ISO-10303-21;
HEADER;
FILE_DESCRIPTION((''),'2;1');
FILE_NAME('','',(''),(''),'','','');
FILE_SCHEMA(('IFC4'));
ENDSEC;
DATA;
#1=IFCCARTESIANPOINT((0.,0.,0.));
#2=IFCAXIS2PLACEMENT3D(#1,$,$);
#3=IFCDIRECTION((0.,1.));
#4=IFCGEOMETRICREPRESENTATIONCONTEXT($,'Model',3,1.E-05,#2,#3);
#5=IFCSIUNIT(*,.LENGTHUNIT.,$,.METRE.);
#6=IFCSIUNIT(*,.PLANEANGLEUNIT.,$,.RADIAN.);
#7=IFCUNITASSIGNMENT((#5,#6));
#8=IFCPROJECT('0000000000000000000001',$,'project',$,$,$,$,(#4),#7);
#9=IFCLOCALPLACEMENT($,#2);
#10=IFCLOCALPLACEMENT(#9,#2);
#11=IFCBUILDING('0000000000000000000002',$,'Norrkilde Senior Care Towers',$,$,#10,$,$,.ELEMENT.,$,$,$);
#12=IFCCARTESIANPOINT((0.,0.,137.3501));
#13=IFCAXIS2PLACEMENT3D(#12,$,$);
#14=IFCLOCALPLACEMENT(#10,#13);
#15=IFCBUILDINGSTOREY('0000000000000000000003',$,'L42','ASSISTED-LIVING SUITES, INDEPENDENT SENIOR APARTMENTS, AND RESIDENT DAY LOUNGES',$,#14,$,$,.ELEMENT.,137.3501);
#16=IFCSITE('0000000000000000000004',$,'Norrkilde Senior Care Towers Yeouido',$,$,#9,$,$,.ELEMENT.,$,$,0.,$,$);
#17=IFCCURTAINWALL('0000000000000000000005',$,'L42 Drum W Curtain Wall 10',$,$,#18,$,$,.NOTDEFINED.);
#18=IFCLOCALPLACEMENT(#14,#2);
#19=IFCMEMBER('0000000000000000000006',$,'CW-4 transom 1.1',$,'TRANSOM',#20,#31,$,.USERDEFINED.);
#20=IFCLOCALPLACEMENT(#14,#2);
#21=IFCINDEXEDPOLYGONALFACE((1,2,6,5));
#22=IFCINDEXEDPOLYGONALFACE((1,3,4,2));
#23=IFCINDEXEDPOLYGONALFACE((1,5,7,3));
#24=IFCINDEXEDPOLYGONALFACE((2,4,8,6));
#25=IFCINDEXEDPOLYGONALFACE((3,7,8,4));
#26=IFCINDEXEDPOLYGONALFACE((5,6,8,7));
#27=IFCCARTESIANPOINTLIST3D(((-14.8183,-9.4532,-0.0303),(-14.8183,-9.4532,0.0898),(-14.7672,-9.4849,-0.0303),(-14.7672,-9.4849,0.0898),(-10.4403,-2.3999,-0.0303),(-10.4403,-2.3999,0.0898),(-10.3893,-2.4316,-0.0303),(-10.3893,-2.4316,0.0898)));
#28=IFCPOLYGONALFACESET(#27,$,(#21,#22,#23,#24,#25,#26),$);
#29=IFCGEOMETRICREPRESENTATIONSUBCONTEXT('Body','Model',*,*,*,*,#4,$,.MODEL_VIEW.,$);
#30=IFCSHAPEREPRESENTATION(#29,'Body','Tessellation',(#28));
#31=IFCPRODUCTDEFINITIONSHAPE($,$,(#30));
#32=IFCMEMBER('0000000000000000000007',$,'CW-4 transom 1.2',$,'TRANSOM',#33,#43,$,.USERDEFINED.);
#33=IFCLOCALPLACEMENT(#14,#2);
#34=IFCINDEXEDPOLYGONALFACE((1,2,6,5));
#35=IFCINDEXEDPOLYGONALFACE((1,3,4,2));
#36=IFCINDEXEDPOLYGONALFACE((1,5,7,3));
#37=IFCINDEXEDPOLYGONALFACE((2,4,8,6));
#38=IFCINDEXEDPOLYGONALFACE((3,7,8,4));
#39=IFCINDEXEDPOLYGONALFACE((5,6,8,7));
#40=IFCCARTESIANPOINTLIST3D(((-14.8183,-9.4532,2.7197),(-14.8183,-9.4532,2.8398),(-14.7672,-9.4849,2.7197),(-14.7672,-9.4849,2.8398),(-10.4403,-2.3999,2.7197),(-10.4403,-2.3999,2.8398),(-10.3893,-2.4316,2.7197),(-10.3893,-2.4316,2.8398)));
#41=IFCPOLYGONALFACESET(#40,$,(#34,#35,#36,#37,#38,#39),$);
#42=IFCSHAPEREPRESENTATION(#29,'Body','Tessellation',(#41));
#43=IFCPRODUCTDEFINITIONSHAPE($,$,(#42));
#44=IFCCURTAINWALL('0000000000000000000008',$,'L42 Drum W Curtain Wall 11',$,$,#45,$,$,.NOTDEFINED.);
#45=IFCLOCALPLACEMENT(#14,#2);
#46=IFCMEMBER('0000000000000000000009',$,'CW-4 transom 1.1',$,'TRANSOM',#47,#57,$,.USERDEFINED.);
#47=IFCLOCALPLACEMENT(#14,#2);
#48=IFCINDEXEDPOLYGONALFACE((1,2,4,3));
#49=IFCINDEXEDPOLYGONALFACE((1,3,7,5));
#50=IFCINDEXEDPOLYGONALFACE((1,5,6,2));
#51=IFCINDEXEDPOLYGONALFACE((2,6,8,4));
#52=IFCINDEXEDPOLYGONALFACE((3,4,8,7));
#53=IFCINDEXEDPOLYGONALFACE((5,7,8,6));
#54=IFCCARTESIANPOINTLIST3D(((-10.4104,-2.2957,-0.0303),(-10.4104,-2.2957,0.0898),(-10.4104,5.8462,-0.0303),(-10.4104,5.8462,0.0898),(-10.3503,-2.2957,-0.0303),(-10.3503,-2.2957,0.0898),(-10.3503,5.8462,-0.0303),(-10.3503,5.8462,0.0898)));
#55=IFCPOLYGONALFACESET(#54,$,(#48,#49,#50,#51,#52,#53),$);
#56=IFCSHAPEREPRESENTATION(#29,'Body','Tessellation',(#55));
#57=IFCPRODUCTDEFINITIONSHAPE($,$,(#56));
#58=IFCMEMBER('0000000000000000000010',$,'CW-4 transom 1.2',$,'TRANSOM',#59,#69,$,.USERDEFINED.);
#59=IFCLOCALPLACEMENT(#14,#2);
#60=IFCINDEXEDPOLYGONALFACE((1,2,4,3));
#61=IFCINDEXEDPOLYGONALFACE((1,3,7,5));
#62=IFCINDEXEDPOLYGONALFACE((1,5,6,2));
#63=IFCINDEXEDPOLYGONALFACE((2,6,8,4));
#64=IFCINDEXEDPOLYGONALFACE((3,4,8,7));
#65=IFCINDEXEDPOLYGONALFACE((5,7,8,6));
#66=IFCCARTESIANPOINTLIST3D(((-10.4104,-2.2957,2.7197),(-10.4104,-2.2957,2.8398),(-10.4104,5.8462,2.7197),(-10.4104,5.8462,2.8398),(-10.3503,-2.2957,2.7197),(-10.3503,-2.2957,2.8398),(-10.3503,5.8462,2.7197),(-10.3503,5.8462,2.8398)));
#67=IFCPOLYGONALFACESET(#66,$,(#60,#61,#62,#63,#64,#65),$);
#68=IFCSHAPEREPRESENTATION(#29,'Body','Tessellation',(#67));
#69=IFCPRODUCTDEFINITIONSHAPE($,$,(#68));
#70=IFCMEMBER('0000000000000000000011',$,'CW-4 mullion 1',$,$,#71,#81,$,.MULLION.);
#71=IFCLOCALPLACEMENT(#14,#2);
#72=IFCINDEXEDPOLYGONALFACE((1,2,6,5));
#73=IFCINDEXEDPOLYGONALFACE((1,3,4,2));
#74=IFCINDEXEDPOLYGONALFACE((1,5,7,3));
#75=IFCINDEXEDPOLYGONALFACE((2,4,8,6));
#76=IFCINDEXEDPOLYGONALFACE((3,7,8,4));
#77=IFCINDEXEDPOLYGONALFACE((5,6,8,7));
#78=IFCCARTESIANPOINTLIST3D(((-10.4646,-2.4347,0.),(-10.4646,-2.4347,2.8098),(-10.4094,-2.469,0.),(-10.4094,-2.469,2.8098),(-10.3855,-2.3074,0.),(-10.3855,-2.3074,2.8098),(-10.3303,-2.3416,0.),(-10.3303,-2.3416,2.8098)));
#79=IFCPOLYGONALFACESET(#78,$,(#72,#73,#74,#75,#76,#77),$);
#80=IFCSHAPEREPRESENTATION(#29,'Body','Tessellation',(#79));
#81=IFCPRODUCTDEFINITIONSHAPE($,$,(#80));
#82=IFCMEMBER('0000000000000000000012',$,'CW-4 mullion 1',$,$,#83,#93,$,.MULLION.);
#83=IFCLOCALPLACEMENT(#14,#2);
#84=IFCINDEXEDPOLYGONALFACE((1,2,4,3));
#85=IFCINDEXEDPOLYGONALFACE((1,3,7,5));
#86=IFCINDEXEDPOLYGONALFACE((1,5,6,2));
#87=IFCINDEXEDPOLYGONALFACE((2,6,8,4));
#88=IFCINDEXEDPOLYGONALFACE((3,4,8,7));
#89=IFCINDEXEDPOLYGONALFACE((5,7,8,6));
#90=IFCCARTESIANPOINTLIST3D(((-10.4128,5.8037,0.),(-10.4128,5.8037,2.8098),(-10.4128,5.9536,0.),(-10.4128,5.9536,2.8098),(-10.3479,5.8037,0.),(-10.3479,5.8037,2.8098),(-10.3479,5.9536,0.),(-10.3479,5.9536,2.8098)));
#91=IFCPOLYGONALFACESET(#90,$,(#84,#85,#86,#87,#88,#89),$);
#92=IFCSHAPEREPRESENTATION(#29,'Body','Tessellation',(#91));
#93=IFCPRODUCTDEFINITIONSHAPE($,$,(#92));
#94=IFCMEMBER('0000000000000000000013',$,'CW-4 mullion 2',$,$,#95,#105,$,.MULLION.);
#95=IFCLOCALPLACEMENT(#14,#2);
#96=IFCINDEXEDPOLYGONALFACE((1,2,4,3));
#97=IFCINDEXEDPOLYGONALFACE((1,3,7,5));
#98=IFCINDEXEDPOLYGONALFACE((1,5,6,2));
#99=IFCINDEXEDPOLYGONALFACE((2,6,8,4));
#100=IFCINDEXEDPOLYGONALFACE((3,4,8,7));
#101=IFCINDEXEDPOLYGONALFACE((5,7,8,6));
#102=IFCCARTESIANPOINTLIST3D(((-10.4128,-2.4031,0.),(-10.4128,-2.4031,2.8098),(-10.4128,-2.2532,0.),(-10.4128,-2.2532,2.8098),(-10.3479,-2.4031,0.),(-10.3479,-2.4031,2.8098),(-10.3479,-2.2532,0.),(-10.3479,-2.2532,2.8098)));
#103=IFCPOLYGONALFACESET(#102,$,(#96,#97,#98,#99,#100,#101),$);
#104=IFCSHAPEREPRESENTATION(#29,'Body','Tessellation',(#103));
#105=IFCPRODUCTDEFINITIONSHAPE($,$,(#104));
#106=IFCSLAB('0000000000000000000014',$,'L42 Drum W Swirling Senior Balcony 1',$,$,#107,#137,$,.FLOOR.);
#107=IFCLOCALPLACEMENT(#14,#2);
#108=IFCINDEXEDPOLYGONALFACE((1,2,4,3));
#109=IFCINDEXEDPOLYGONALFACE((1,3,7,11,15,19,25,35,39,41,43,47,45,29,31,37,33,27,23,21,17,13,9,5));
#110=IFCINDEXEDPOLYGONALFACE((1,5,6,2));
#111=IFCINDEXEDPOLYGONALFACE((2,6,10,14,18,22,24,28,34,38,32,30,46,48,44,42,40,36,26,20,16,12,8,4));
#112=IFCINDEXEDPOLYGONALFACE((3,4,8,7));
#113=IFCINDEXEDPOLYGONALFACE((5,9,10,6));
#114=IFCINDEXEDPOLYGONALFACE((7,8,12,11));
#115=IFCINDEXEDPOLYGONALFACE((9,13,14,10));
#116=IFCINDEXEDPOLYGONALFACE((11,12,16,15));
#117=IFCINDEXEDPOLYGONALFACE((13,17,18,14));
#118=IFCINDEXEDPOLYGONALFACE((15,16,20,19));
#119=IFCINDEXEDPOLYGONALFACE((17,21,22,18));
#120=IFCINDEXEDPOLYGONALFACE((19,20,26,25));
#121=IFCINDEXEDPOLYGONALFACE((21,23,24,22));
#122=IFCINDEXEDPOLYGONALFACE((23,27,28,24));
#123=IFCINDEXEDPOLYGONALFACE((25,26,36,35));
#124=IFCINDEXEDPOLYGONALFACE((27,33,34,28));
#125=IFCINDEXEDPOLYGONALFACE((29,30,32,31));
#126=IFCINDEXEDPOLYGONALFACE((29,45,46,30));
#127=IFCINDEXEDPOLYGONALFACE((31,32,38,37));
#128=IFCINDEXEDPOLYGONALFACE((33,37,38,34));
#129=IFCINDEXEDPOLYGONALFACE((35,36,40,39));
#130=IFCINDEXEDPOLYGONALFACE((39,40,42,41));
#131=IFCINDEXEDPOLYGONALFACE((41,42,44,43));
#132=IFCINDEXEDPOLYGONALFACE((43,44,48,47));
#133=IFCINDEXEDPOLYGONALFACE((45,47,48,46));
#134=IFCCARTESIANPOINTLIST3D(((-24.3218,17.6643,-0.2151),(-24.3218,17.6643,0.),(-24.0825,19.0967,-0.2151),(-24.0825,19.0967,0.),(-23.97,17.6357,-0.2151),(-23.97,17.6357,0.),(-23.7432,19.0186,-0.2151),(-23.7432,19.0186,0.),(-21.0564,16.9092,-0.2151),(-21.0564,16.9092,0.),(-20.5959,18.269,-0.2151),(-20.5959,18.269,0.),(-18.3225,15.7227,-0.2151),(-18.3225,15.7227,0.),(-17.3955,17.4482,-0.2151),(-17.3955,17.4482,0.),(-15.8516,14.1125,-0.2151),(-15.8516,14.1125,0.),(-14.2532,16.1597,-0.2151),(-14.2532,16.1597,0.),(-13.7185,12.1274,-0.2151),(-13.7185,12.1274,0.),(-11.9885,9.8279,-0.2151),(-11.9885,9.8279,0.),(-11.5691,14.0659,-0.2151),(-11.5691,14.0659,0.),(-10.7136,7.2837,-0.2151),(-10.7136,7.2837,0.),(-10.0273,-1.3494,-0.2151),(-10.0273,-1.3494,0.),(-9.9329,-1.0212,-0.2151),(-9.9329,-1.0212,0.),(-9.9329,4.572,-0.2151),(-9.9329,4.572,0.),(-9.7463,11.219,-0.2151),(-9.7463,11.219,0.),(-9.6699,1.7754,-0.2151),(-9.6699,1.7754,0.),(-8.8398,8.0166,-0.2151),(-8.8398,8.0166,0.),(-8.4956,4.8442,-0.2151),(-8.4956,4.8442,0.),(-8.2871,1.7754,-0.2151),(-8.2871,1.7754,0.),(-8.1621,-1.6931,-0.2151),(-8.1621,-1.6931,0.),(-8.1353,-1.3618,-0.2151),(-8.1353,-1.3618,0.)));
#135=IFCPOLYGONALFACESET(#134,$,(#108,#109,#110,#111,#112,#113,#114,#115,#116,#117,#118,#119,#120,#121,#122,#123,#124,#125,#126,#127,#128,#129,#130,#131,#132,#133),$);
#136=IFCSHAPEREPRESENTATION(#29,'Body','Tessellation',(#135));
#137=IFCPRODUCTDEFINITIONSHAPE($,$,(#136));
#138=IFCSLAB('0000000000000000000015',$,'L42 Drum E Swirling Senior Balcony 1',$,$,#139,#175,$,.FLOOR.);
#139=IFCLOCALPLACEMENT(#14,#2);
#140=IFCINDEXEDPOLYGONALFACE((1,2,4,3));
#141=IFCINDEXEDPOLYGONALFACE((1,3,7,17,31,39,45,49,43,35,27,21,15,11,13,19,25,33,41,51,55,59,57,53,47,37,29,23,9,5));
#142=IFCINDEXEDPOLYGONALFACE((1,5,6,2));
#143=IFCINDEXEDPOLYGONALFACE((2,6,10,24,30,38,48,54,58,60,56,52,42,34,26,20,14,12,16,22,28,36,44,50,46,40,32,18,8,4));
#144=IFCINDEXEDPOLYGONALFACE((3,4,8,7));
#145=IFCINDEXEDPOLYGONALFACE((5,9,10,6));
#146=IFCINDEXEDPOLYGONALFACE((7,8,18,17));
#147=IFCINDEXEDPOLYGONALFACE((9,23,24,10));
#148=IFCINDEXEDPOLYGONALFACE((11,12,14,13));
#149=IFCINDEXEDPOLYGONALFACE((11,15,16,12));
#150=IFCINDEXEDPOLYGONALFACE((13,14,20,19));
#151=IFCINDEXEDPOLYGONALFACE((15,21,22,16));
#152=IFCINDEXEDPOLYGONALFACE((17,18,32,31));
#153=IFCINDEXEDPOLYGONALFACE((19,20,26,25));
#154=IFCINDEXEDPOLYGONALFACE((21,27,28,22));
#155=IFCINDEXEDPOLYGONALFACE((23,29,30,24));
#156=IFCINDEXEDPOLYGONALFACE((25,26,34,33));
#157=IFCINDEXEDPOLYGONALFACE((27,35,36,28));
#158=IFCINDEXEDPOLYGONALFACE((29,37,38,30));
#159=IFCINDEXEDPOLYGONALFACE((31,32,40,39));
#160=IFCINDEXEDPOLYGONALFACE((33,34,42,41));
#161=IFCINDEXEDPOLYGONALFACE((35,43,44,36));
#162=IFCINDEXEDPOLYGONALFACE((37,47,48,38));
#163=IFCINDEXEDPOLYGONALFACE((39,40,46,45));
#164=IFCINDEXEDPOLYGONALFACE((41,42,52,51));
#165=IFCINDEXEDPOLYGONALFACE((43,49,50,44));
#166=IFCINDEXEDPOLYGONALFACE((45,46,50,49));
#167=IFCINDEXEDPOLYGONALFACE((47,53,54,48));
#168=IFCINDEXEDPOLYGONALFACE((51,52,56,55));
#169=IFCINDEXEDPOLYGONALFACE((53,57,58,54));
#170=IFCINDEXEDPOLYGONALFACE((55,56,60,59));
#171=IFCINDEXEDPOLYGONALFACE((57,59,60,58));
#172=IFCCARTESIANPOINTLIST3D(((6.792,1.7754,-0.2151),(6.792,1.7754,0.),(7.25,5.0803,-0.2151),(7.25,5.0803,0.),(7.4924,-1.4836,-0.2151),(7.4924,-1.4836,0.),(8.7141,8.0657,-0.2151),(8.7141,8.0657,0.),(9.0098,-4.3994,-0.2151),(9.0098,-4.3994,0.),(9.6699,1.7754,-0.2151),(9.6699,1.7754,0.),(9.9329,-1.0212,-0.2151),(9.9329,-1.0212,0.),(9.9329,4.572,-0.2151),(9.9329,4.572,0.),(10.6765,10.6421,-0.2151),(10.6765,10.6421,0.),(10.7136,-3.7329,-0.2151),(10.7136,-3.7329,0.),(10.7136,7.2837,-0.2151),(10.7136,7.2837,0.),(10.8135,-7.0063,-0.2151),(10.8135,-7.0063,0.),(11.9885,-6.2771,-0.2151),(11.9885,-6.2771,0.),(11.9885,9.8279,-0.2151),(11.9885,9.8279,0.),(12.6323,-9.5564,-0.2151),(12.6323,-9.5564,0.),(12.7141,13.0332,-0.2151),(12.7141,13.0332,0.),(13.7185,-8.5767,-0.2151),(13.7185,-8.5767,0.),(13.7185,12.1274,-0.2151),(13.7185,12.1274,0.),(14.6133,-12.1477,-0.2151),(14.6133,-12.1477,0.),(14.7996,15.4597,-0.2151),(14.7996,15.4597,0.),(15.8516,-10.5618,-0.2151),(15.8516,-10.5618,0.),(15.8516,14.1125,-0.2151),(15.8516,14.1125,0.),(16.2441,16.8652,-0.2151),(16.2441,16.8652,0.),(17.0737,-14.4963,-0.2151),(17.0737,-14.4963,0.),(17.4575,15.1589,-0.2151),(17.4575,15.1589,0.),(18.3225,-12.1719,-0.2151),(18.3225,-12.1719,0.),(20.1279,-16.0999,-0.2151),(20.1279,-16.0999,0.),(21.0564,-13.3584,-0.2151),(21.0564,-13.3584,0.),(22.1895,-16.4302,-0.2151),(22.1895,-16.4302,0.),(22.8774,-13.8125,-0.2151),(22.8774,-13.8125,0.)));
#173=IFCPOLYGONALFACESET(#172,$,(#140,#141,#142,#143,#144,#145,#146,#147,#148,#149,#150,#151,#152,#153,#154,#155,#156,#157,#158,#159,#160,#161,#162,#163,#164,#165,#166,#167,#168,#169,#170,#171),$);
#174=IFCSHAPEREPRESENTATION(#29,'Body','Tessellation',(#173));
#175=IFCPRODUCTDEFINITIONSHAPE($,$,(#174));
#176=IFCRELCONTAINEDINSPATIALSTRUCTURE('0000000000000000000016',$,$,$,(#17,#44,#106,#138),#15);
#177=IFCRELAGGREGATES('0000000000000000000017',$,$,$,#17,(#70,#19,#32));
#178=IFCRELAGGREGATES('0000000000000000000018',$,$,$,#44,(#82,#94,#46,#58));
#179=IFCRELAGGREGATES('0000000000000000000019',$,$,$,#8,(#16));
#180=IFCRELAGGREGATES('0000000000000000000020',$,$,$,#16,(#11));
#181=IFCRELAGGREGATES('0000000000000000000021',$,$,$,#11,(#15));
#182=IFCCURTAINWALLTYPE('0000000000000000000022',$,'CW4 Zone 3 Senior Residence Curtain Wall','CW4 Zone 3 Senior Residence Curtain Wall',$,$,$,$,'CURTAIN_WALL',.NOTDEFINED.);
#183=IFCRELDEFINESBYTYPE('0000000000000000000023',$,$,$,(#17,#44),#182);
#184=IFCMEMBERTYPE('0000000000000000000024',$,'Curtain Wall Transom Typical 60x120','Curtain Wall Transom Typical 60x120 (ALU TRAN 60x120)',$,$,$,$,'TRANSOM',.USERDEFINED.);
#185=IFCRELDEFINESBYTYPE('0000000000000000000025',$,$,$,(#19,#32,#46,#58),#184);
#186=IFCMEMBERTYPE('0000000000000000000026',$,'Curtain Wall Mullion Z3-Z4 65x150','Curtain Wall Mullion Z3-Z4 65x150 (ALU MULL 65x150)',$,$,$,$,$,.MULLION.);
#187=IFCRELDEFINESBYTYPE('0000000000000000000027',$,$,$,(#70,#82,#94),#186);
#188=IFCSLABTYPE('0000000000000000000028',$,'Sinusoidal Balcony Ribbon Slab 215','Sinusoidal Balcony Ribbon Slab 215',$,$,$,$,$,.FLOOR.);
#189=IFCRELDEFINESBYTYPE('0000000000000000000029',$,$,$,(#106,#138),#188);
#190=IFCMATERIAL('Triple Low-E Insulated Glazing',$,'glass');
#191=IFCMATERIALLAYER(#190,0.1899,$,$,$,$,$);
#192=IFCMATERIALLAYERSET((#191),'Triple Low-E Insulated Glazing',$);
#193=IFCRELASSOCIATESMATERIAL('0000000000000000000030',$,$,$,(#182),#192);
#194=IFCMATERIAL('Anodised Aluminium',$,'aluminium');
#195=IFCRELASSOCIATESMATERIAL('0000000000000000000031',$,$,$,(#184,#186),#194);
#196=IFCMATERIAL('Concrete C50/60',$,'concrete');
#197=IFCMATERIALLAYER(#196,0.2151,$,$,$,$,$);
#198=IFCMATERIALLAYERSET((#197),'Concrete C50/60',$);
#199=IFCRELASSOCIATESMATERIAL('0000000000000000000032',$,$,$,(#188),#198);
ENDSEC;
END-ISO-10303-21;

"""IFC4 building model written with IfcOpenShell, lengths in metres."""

from ifc_helpers import new_model, si_unit, direction, frame, origin, origin_2d, place, context, subcontext, project, spatial, polyline, rectangle, outline, extrude, source, transform, mapped, material, layer, layer_set, material_profile, profile_set, type_object, type_shapes, element, aggregate, save


model = new_model("IFC4")

# Units and contexts
model_context = context("Model", 3, precision=1e-05, world=origin(), true_north=direction((0.0, 1.0)))
body_context = subcontext(model_context, "Body", "Model", "MODEL_VIEW")
ifc_project = project(units=[si_unit("LENGTHUNIT", "METRE"), si_unit("PLANEANGLEUNIT", "RADIAN")], contexts=[model_context])

# Site, building, storey
site_placement = place(None, origin())
site = spatial("IfcSite", under=ifc_project, at=site_placement, Name="Norrkilde Senior Care Towers Yeouido", CompositionType="ELEMENT", RefElevation=0.0)
building_placement = place(site_placement, origin())
building = spatial("IfcBuilding", under=site, at=building_placement, Name="Norrkilde Senior Care Towers", CompositionType="ELEMENT")
storey_placement = place(building_placement, frame((0.0, 0.0, 137.3501)))
storey = spatial("IfcBuildingStorey", under=building, at=storey_placement, Name="L42", Description="ASSISTED-LIVING SUITES, INDEPENDENT SENIOR APARTMENTS, AND RESIDENT DAY LOUNGES", CompositionType="ELEMENT", Elevation=137.3501)

# Shared definitions
ifc_material_1 = material(Name="Concrete C50/60", Category="concrete")

# Curtain walls, members
ifc_material_2 = material(Name="Triple Low-E Insulated Glazing", Category="glass")
ifc_layer_1 = layer(ifc_material_2, 0.1899)
ifc_layer_set_1 = layer_set([ifc_layer_1], Name="Triple Low-E Insulated Glazing")
curtain_wall_type = type_object("IfcCurtainWallType", Name="CW4 Zone 3 Senior Residence Curtain Wall", Description="CW4 Zone 3 Senior Residence Curtain Wall", ElementType="CURTAIN_WALL", PredefinedType="NOTDEFINED", material=ifc_layer_set_1)
curtain_wall_1_placement = place(storey_placement, origin())
curtain_wall_1 = element("IfcCurtainWall", 1, at=curtain_wall_1_placement, inside=storey, type_object=curtain_wall_type, Name="L42 Drum W Curtain Wall 10", PredefinedType="NOTDEFINED")
ifc_material_3 = material(Name="Anodised Aluminium", Category="aluminium")
ifc_material_profile_1 = material_profile(ifc_material_3, rectangle(XDim=0.0601, YDim=0.1201, at=origin_2d()), Name="ALU TRAN 60x120")
ifc_profile_set_1 = profile_set([ifc_material_profile_1], Name="Anodised Aluminium")
member_type_1 = type_object("IfcMemberType", Name="Curtain Wall Transom Typical 60x120", Description="Curtain Wall Transom Typical 60x120 (ALU TRAN 60x120)", ElementType="TRANSOM", PredefinedType="USERDEFINED", material=ifc_profile_set_1)
shared_shape_1 = source(origin(), body_context, "Body", "SweptSolid", [
    extrude(rectangle(XDim=0.0601, YDim=0.1201, at=origin_2d()), origin(), (0.0, 0.0, 1.0), 8.3015),
])
member_1_placement = place(storey_placement, frame((-10.4148, -2.4158, 0.0298), z_axis=(-0.527369, -0.849637, 0.0), x_axis=(0.849637, -0.527369, 0.0)))
member_1 = element("IfcMember", 2, at=member_1_placement, type_object=member_type_1, Name="CW-4 transom 1.1", ObjectType="TRANSOM", PredefinedType="USERDEFINED", context=body_context, shape_type="MappedRepresentation", body=[
    mapped(shared_shape_1, transform((0.0, 0.0, 0.0), x_axis=(1.0, 0.0, 0.0), y_axis=(0.0, 1.0, 0.0), z_axis=(0.0, 0.0, 1.0), scale=1.0)),
])
member_2_placement = place(storey_placement, frame((-10.4148, -2.4158, 2.7798), z_axis=(-0.527369, -0.849637, 0.0), x_axis=(0.849637, -0.527369, 0.0)))
member_2 = element("IfcMember", 3, at=member_2_placement, type_object=member_type_1, Name="CW-4 transom 1.2", ObjectType="TRANSOM", PredefinedType="USERDEFINED", context=body_context, shape_type="MappedRepresentation", body=[
    mapped(shared_shape_1, transform((0.0, 0.0, 0.0), x_axis=(1.0, 0.0, 0.0), y_axis=(0.0, 1.0, 0.0), z_axis=(0.0, 0.0, 1.0), scale=1.0)),
])
curtain_wall_2_placement = place(storey_placement, origin())
curtain_wall_2 = element("IfcCurtainWall", 4, at=curtain_wall_2_placement, inside=storey, type_object=curtain_wall_type, Name="L42 Drum W Curtain Wall 11", PredefinedType="NOTDEFINED")
shared_shape_2 = source(origin(), body_context, "Body", "SweptSolid", [
    extrude(rectangle(XDim=0.0601, YDim=0.1201, at=origin_2d()), origin(), (0.0, 0.0, 1.0), 8.1418),
])
type_shapes(member_type_1, [shared_shape_1, shared_shape_2])
member_3_placement = place(storey_placement, frame((-10.3804, 5.8462, 0.0298), z_axis=(0.0, -1.0, 0.0), x_axis=(1.0, 0.0, 0.0)))
member_3 = element("IfcMember", 5, at=member_3_placement, type_object=member_type_1, Name="CW-4 transom 1.1", ObjectType="TRANSOM", PredefinedType="USERDEFINED", context=body_context, shape_type="MappedRepresentation", body=[
    mapped(shared_shape_2, transform((0.0, 0.0, 0.0), x_axis=(1.0, 0.0, 0.0), y_axis=(0.0, 1.0, 0.0), z_axis=(0.0, 0.0, 1.0), scale=1.0)),
])
member_4_placement = place(storey_placement, frame((-10.3804, 5.8462, 2.7798), z_axis=(0.0, -1.0, 0.0), x_axis=(1.0, 0.0, 0.0)))
member_4 = element("IfcMember", 6, at=member_4_placement, type_object=member_type_1, Name="CW-4 transom 1.2", ObjectType="TRANSOM", PredefinedType="USERDEFINED", context=body_context, shape_type="MappedRepresentation", body=[
    mapped(shared_shape_2, transform((0.0, 0.0, 0.0), x_axis=(1.0, 0.0, 0.0), y_axis=(0.0, 1.0, 0.0), z_axis=(0.0, 0.0, 1.0), scale=1.0)),
])

# Members
ifc_material_profile_2 = material_profile(ifc_material_3, rectangle(XDim=0.0649, YDim=0.1499, at=origin_2d()), Name="ALU MULL 65x150")
ifc_profile_set_2 = profile_set([ifc_material_profile_2], Name="Anodised Aluminium")
member_type_2 = type_object("IfcMemberType", Name="Curtain Wall Mullion Z3-Z4 65x150", Description="Curtain Wall Mullion Z3-Z4 65x150 (ALU MULL 65x150)", PredefinedType="MULLION", material=ifc_profile_set_2)
shared_shape_3 = source(origin(), body_context, "Body", "SweptSolid", [
    extrude(rectangle(XDim=0.0649, YDim=0.1499, at=origin_2d()), origin(), (0.0, 0.0, 1.0), 2.8098),
])
type_shapes(member_type_2, [shared_shape_3])
member_5_placement = place(storey_placement, frame((-10.3975, -2.3882, 0.0), z_axis=(0.0, 0.0, 1.0), x_axis=(0.849634, -0.527373, 0.0)))
member_5 = element("IfcMember", 7, at=member_5_placement, type_object=member_type_2, Name="CW-4 mullion 1", PredefinedType="MULLION", context=body_context, shape_type="MappedRepresentation", body=[
    mapped(shared_shape_3, transform((0.0, 0.0, 0.0), x_axis=(1.0, 0.0, 0.0), y_axis=(0.0, 1.0, 0.0), z_axis=(0.0, 0.0, 1.0), scale=1.0)),
])
member_6_placement = place(storey_placement, frame((-10.3804, 5.8787, 0.0), z_axis=(0.0, 0.0, 1.0), x_axis=(1.0, 0.0, 0.0)))
member_6 = element("IfcMember", 8, at=member_6_placement, type_object=member_type_2, Name="CW-4 mullion 1", PredefinedType="MULLION", context=body_context, shape_type="MappedRepresentation", body=[
    mapped(shared_shape_3, transform((0.0, 0.0, 0.0), x_axis=(1.0, 0.0, 0.0), y_axis=(0.0, 1.0, 0.0), z_axis=(0.0, 0.0, 1.0), scale=1.0)),
])
member_7_placement = place(storey_placement, frame((-10.3804, -2.3281, 0.0), z_axis=(0.0, 0.0, 1.0), x_axis=(1.0, 0.0, 0.0)))
member_7 = element("IfcMember", 9, at=member_7_placement, type_object=member_type_2, Name="CW-4 mullion 2", PredefinedType="MULLION", context=body_context, shape_type="MappedRepresentation", body=[
    mapped(shared_shape_3, transform((0.0, 0.0, 0.0), x_axis=(1.0, 0.0, 0.0), y_axis=(0.0, 1.0, 0.0), z_axis=(0.0, 0.0, 1.0), scale=1.0)),
])

# Slabs
ifc_layer_2 = layer(ifc_material_1, 0.2151)
ifc_layer_set_2 = layer_set([ifc_layer_2], Name="Concrete C50/60")
slab_type_1 = type_object("IfcSlabType", Name="Sinusoidal Balcony Ribbon Slab 215", Description="Sinusoidal Balcony Ribbon Slab 215", PredefinedType="FLOOR", material=ifc_layer_set_2)
slab_1_placement = place(storey_placement, frame((0.0, 0.0, -0.2151)))
element("IfcSlab", 10, at=slab_1_placement, inside=storey, type_object=slab_type_1, Name="L42 Drum W Swirling Senior Balcony 1", PredefinedType="FLOOR", context=body_context, shape_type="SweptSolid", body=[
    extrude(outline(polyline([(-10.0273, -1.3494), (-9.9329, -1.0212), (-9.6699, 1.7754), (-9.9329, 4.572), (-10.7136, 7.2837), (-11.9885, 9.8279), (-13.7185, 12.1274), (-15.8516, 14.1125), (-18.3225, 15.7227), (-21.0564, 16.9092), (-23.97, 17.6357), (-24.3218, 17.6643), (-24.0825, 19.0967), (-23.7432, 19.0186), (-20.5959, 18.269), (-17.3955, 17.4482), (-14.2532, 16.1597), (-11.5691, 14.0659), (-9.7463, 11.219), (-8.8398, 8.0166), (-8.4956, 4.8442), (-8.2871, 1.7754), (-8.1353, -1.3618), (-8.1621, -1.6931), (-10.0273, -1.3494)])), origin(), (0.0, 0.0, 1.0), 0.2151),
])
slab_2_placement = place(storey_placement, frame((0.0, 0.0, -0.2151)))
element("IfcSlab", 11, at=slab_2_placement, inside=storey, type_object=slab_type_1, Name="L42 Drum E Swirling Senior Balcony 1", PredefinedType="FLOOR", context=body_context, shape_type="SweptSolid", body=[
    extrude(outline(polyline([(17.0737, -14.4963), (14.6133, -12.1477), (12.6323, -9.5564), (10.8135, -7.0063), (9.0098, -4.3994), (7.4924, -1.4836), (6.792, 1.7754), (7.25, 5.0803), (8.7141, 8.0657), (10.6765, 10.6421), (12.7141, 13.0332), (14.7996, 15.4597), (16.2441, 16.8652), (17.4575, 15.1589), (15.8516, 14.1125), (13.7185, 12.1274), (11.9885, 9.8279), (10.7136, 7.2837), (9.9329, 4.572), (9.6699, 1.7754), (9.9329, -1.0212), (10.7136, -3.7329), (11.9885, -6.2771), (13.7185, -8.5767), (15.8516, -10.5618), (18.3225, -12.1719), (21.0564, -13.3584), (22.8774, -13.8125), (22.1895, -16.4302), (20.1279, -16.0999), (17.0737, -14.4963)])), origin(), (0.0, 0.0, 1.0), 0.2151),
])

aggregate(curtain_wall_1, [member_5, member_1, member_2])
aggregate(curtain_wall_2, [member_6, member_7, member_3, member_4])

save(model, "model.ifc")
